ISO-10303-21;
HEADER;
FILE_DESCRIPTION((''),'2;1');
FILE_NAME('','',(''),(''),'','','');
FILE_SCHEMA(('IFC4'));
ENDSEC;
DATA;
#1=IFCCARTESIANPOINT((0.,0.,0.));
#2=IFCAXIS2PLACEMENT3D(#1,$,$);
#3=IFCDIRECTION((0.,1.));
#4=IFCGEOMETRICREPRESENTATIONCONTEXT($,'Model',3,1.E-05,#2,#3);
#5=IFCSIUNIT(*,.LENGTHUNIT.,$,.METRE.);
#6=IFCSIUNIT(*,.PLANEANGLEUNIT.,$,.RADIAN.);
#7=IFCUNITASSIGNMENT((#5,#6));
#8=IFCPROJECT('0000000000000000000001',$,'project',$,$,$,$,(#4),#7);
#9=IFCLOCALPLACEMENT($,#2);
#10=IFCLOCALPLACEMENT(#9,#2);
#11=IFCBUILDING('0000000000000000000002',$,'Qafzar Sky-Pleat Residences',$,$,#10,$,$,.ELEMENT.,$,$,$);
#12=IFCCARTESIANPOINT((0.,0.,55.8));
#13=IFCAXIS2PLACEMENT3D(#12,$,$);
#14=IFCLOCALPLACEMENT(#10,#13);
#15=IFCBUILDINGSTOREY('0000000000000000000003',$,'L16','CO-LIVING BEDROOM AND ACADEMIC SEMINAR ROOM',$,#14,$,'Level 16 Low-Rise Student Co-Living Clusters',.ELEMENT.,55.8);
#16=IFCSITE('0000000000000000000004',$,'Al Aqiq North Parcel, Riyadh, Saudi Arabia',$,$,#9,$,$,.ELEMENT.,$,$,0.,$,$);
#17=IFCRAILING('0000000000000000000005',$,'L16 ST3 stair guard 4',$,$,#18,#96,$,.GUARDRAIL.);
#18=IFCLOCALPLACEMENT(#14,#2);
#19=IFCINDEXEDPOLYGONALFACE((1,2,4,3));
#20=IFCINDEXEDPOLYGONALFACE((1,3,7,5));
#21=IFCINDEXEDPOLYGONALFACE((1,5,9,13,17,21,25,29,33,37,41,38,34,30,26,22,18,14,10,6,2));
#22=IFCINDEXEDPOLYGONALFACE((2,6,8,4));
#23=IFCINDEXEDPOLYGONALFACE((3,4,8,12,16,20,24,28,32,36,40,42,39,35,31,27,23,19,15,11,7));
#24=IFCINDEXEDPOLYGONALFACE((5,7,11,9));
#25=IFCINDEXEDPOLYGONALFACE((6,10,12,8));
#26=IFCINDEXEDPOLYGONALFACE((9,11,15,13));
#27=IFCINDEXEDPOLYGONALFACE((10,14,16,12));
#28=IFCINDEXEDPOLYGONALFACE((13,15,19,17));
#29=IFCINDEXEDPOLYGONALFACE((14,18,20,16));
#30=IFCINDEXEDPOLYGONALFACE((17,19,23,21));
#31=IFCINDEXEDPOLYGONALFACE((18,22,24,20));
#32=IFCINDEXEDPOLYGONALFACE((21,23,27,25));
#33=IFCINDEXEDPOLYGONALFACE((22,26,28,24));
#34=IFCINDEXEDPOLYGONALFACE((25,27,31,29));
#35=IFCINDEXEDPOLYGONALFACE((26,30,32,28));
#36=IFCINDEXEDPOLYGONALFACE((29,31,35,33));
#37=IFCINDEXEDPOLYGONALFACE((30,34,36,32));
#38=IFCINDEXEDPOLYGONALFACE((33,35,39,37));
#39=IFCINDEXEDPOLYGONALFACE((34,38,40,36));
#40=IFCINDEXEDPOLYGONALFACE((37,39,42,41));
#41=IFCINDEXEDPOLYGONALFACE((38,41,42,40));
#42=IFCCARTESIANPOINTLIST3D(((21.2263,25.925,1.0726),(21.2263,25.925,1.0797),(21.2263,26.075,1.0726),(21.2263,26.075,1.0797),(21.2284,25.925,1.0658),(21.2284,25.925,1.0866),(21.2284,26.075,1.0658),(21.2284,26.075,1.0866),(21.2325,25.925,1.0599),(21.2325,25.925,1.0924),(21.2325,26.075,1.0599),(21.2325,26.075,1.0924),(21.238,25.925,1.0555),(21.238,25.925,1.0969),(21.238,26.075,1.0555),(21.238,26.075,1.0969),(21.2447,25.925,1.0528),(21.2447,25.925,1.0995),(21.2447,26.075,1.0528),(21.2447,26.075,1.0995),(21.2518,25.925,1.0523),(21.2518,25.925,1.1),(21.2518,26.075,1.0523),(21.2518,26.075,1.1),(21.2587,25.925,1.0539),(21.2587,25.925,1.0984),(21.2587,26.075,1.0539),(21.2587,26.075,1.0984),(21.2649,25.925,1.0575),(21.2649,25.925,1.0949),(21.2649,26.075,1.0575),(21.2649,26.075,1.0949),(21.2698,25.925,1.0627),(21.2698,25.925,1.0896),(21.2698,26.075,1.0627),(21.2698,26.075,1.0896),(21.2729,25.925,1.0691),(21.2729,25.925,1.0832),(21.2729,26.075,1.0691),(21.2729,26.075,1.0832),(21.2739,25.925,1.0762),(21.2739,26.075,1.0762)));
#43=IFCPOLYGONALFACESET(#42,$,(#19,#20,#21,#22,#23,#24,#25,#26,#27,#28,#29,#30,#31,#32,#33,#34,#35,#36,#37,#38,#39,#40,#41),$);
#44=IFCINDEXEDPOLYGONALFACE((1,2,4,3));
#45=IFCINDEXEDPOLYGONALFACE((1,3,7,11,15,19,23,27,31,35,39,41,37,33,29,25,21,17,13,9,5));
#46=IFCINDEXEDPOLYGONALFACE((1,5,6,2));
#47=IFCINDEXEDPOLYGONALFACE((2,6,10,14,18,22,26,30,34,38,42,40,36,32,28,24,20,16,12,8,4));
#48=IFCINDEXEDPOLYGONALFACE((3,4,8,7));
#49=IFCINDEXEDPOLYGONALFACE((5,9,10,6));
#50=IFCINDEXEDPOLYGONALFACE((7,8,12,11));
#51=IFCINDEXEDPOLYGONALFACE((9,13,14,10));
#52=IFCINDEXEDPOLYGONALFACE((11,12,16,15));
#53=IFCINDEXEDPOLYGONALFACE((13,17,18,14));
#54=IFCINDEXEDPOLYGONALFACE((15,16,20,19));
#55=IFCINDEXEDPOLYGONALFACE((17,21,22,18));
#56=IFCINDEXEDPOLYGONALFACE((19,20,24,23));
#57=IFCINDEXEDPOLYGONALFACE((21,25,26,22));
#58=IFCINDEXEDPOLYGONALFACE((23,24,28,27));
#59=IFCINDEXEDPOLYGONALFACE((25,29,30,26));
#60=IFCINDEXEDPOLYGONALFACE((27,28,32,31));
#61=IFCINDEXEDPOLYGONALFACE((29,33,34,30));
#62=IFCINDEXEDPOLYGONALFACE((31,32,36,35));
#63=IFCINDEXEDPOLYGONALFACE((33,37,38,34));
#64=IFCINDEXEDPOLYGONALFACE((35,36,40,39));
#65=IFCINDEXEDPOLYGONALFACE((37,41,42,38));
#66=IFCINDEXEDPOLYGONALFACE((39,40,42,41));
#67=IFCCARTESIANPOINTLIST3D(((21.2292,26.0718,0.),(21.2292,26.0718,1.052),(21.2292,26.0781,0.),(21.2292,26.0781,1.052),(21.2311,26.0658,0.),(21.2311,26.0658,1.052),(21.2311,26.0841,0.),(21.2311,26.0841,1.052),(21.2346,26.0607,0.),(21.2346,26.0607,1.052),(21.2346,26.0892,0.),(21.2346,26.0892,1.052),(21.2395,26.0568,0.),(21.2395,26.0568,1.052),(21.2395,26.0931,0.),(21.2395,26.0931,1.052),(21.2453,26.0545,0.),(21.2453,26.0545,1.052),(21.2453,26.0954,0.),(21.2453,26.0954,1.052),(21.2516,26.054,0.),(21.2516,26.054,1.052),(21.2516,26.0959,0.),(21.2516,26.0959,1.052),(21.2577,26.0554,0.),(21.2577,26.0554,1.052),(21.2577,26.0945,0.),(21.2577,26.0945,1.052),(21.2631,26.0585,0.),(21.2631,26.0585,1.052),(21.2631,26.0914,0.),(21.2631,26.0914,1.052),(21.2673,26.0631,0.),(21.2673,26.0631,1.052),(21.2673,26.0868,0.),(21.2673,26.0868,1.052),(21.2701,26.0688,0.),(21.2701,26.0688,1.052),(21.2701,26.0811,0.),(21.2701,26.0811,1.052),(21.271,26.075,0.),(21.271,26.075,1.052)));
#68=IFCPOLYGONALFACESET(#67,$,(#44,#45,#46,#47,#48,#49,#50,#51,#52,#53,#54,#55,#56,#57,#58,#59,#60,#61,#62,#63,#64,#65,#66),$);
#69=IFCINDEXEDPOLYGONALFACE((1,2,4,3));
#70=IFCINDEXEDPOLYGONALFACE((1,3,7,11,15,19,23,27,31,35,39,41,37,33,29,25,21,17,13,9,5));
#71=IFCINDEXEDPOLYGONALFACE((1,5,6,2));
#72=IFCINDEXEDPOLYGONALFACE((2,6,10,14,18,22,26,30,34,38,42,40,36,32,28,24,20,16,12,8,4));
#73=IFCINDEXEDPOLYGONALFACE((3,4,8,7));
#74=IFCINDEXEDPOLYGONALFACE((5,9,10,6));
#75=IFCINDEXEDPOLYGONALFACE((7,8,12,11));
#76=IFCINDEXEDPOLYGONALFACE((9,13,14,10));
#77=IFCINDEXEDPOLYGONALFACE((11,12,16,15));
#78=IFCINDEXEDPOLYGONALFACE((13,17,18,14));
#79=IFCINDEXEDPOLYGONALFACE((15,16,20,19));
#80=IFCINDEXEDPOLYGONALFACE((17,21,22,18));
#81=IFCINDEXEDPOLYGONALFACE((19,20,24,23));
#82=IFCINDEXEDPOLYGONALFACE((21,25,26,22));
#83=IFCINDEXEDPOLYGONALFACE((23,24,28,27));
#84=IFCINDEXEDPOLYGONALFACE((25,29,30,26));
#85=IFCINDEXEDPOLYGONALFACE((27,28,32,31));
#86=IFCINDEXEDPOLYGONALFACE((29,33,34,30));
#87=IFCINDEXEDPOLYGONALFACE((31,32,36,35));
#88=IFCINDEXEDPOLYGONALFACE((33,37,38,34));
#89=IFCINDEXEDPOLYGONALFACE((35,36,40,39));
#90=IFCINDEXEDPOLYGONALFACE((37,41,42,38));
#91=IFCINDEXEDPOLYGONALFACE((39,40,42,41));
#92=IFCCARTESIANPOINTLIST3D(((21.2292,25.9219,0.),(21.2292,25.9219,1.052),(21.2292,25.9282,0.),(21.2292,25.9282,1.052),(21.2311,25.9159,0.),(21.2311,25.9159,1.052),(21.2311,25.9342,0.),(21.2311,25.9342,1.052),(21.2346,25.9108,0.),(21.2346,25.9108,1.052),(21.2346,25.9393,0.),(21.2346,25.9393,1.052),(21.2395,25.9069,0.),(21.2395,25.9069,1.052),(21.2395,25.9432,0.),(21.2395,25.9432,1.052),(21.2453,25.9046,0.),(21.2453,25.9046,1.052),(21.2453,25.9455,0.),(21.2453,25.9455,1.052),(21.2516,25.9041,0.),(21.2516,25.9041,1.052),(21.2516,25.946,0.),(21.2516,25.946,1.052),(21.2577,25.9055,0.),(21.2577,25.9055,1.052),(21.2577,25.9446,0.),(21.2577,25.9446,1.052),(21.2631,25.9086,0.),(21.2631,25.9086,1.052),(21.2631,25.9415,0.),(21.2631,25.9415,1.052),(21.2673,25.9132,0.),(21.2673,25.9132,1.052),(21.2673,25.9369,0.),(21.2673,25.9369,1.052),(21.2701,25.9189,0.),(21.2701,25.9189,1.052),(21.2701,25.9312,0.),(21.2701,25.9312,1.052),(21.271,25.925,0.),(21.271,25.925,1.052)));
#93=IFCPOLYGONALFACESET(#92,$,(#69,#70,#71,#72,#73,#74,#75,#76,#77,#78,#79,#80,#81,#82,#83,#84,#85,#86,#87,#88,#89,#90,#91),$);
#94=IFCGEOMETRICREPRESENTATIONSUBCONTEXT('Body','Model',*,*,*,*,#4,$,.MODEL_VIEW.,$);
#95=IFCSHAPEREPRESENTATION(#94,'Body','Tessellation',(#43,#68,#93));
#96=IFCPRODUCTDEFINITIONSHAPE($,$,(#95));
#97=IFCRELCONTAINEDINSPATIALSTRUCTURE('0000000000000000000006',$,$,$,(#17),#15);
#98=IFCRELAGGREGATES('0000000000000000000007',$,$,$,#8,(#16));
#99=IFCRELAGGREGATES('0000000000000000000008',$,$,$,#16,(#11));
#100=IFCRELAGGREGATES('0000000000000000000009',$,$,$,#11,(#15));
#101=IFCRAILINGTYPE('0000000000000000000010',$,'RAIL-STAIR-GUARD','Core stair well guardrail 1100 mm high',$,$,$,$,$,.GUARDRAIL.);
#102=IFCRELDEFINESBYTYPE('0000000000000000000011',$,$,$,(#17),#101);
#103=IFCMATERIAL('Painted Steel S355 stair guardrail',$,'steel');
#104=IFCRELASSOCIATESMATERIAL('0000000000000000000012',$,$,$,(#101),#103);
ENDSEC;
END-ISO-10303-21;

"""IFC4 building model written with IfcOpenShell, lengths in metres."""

from ifc_helpers import new_model, si_unit, direction, frame, origin, origin_2d, place, context, subcontext, project, spatial, circle, extrude, source, transform, mapped, material, type_object, element, save


model = new_model("IFC4")

# Units and contexts
model_context = context("Model", 3, precision=1e-05, world=origin(), true_north=direction((0.0, 1.0)))
body_context = subcontext(model_context, "Body", "Model", "MODEL_VIEW")
ifc_project = project(units=[si_unit("LENGTHUNIT", "METRE"), si_unit("PLANEANGLEUNIT", "RADIAN")], contexts=[model_context])

# Site, building, storey
site_placement = place(None, origin())
site = spatial("IfcSite", under=ifc_project, at=site_placement, Name="Al Aqiq North Parcel, Riyadh, Saudi Arabia", CompositionType="ELEMENT", RefElevation=0.0)
building_placement = place(site_placement, origin())
building = spatial("IfcBuilding", under=site, at=building_placement, Name="Qafzar Sky-Pleat Residences", CompositionType="ELEMENT")
storey_placement = place(building_placement, frame((0.0, 0.0, 55.8)))
storey = spatial("IfcBuildingStorey", under=building, at=storey_placement, Name="L16", Description="CO-LIVING BEDROOM AND ACADEMIC SEMINAR ROOM", LongName="Level 16 Low-Rise Student Co-Living Clusters", CompositionType="ELEMENT", Elevation=55.8)

# Railing
ifc_material_1 = material(Name="Painted Steel S355 stair guardrail", Category="steel")
railing_type_1 = type_object("IfcRailingType", Name="RAIL-STAIR-GUARD", Description="Core stair well guardrail 1100 mm high", PredefinedType="GUARDRAIL", material=ifc_material_1)
shared_shape_1 = source(origin(), body_context, "Body", "SweptSolid", [
    extrude(circle(Radius=0.0239, at=origin_2d()), frame((0.0, 0.0, 1.0762), z_axis=(0.0, -1.0, 0.0), x_axis=(1.0, 0.0, 0.0)), (0.0, 0.0, 1.0), 0.1499),
    extrude(circle(Radius=0.021, at=origin_2d()), origin(), (0.0, 0.0, 1.0), 1.052),
    extrude(circle(Radius=0.021, at=origin_2d()), frame((0.0, -0.1499, 0.0)), (0.0, 0.0, 1.0), 1.052),
])
for number, where, name in (
    (1, (21.25, 26.075, 0.0), "L16 ST3 stair guard 4"),
):
    element("IfcRailing", number, at=place(storey_placement, frame(where)), inside=storey, type_object=railing_type_1, Name=name, PredefinedType="GUARDRAIL", context=body_context, shape_type="MappedRepresentation", body=[
        mapped(shared_shape_1, transform((0.0, 0.0, 0.0), x_axis=(1.0, 0.0, 0.0), y_axis=(0.0, 1.0, 0.0), z_axis=(0.0, 0.0, 1.0), scale=1.0)),
    ])

save(model, "model.ifc")
